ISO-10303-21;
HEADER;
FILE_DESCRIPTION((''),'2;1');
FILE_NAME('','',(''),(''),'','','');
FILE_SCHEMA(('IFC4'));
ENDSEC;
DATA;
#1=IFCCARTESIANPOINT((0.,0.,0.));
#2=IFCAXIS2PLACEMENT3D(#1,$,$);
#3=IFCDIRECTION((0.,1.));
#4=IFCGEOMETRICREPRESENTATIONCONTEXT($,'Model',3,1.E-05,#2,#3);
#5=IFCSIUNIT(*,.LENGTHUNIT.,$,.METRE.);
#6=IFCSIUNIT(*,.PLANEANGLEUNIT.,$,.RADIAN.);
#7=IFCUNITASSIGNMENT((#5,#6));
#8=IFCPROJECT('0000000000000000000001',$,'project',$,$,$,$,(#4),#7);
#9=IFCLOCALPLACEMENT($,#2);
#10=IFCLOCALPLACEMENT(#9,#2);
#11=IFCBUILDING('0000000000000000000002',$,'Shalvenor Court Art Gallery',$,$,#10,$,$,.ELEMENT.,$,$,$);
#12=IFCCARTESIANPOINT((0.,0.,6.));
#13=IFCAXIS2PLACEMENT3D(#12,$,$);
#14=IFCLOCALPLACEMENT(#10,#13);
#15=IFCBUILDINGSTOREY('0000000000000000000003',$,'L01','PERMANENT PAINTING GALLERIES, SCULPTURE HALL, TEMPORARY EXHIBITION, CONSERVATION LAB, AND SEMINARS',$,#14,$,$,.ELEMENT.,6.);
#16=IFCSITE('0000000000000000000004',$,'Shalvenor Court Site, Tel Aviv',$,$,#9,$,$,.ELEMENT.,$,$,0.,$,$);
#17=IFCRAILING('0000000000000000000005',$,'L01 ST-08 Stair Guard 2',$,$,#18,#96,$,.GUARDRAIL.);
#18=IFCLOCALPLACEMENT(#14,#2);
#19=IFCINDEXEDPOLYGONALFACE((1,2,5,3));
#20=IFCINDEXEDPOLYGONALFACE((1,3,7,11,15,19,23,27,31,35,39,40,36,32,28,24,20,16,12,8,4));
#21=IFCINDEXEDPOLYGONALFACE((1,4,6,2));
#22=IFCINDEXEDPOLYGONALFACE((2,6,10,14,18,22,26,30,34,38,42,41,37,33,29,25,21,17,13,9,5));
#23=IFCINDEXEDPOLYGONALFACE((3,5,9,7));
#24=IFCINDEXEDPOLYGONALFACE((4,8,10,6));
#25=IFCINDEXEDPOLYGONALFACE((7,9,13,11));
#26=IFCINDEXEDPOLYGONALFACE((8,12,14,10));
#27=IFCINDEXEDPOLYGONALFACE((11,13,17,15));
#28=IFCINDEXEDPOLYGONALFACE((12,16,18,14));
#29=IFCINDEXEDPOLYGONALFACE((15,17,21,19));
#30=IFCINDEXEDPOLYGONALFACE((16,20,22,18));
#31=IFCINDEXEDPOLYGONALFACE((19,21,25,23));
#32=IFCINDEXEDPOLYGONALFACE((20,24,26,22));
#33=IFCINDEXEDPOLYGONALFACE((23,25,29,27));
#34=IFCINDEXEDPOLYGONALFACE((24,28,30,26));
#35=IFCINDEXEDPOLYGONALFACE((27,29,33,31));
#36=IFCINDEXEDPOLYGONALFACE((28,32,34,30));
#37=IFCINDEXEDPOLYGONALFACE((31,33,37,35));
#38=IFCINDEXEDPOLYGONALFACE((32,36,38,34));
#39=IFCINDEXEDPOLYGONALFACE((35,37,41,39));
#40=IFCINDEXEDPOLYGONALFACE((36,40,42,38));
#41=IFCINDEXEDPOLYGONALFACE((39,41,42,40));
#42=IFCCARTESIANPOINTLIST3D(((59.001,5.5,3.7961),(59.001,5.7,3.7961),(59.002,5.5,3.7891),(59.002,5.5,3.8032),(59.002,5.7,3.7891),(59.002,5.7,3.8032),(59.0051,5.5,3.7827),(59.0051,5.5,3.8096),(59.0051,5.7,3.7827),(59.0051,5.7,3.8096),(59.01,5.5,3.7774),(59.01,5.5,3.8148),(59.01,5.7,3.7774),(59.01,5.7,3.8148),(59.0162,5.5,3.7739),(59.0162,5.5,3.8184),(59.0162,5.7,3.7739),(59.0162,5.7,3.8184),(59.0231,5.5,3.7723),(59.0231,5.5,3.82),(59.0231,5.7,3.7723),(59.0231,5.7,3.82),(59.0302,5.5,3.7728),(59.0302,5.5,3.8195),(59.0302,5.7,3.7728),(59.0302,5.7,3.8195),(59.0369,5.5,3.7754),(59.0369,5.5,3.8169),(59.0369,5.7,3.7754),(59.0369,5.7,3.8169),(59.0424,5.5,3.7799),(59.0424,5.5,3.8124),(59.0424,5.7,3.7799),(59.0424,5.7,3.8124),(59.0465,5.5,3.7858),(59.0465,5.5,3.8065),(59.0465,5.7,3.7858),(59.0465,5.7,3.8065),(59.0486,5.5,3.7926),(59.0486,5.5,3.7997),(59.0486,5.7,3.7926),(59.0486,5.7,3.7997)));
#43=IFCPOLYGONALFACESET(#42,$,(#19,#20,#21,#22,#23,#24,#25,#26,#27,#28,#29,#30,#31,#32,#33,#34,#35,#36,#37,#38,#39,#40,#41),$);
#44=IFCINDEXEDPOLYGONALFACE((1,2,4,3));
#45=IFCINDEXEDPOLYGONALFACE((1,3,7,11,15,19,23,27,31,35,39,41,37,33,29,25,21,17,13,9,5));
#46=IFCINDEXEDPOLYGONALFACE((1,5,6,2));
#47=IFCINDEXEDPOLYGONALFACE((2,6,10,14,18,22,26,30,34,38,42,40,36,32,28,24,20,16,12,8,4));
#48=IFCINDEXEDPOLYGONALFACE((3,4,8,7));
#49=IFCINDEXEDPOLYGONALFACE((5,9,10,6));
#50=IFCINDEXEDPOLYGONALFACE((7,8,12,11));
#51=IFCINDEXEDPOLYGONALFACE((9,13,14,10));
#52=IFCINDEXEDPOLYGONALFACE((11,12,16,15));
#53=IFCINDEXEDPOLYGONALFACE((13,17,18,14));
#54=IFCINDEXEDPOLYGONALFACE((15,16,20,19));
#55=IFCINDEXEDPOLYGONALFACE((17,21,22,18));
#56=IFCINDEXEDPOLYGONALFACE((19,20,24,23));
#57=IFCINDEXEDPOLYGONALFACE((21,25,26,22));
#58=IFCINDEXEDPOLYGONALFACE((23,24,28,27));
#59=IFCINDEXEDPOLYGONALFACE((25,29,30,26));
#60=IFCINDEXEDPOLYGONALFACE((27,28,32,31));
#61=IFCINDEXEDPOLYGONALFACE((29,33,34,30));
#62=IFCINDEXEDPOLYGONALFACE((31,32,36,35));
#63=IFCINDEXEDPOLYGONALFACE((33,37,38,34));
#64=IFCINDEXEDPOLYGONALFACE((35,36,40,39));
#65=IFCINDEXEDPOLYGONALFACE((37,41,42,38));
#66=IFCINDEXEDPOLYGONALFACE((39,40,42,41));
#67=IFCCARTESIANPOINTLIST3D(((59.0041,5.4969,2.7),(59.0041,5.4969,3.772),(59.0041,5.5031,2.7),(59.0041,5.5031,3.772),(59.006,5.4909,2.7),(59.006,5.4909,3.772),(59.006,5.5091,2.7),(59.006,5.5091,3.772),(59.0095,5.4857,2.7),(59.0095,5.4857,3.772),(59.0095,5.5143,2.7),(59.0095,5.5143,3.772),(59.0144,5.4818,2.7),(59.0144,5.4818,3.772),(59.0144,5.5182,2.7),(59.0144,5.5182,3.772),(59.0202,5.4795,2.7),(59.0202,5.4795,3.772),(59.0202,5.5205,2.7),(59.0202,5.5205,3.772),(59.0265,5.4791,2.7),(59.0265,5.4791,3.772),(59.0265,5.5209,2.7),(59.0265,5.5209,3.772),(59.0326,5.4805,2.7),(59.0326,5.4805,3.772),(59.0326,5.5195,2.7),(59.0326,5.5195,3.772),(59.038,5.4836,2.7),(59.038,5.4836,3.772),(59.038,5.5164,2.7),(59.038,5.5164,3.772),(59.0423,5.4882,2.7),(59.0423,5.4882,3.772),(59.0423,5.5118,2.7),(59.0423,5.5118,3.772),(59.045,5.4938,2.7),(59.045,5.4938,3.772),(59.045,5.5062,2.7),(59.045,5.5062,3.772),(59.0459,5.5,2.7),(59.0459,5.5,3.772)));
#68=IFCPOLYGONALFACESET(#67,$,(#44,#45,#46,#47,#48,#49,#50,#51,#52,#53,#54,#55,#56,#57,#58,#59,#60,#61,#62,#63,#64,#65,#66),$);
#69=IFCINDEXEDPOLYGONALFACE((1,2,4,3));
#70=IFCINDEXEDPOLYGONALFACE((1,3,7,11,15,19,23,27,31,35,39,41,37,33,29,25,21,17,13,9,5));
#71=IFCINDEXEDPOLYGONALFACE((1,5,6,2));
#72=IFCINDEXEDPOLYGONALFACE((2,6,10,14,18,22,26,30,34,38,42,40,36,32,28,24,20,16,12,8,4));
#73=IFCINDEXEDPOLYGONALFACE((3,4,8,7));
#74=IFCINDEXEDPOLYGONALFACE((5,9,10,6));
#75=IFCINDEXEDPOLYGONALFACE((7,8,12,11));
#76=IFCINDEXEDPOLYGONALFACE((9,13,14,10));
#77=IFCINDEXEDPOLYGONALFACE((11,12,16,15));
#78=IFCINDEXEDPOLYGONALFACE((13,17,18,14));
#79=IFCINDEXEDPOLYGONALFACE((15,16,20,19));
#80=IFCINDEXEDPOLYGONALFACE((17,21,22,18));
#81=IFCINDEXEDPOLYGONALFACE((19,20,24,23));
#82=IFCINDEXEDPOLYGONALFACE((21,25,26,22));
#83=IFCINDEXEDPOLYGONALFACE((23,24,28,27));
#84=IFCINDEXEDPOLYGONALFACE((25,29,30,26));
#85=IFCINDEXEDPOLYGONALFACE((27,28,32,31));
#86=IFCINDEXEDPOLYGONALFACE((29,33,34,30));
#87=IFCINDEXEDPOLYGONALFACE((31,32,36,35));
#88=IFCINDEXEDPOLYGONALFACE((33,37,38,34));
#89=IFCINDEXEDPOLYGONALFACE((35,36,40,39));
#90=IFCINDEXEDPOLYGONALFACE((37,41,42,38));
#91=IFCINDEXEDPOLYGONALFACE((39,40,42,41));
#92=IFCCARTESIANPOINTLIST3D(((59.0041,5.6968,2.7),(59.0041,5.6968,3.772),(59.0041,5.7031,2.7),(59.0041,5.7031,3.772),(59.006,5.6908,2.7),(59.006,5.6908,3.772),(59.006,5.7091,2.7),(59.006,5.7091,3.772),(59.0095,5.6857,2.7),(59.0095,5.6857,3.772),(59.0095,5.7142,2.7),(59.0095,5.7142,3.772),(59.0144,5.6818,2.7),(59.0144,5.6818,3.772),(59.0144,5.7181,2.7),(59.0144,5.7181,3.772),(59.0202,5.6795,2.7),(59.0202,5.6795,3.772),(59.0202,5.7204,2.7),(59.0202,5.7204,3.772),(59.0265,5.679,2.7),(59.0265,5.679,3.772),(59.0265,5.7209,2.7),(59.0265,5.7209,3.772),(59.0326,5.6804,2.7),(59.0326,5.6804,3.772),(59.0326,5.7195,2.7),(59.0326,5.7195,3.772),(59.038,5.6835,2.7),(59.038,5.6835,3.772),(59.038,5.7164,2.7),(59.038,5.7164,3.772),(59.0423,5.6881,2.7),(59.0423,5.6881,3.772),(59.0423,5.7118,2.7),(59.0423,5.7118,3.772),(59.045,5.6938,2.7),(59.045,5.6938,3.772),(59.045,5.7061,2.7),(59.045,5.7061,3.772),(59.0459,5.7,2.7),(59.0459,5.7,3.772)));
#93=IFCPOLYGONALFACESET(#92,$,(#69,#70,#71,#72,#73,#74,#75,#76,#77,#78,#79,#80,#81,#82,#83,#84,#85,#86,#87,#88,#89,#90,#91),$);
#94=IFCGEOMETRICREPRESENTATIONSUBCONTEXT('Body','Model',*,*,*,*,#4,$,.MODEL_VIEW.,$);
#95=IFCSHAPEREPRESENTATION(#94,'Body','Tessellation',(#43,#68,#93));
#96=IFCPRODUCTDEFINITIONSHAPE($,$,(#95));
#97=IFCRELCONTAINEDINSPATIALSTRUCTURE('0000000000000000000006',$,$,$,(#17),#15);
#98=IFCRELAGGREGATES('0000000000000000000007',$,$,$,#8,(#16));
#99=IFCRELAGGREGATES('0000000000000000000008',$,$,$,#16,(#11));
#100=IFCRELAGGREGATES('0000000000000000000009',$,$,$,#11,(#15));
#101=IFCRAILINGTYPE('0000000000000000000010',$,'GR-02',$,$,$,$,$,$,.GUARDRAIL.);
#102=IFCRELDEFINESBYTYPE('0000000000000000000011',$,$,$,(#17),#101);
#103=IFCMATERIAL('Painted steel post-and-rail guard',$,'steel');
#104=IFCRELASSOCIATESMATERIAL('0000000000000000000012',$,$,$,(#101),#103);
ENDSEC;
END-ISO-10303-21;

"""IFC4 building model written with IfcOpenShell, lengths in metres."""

from ifc_helpers import new_model, si_unit, direction, frame, origin, origin_2d, place, context, subcontext, project, spatial, circle, extrude, material, type_object, element, save


model = new_model("IFC4")

# Units and contexts
model_context = context("Model", 3, precision=1e-05, world=origin(), true_north=direction((0.0, 1.0)))
body_context = subcontext(model_context, "Body", "Model", "MODEL_VIEW")
ifc_project = project(units=[si_unit("LENGTHUNIT", "METRE"), si_unit("PLANEANGLEUNIT", "RADIAN")], contexts=[model_context])

# Site, building, storey
site_placement = place(None, origin())
site = spatial("IfcSite", under=ifc_project, at=site_placement, Name="Shalvenor Court Site, Tel Aviv", CompositionType="ELEMENT", RefElevation=0.0)
building_placement = place(site_placement, origin())
building = spatial("IfcBuilding", under=site, at=building_placement, Name="Shalvenor Court Art Gallery", CompositionType="ELEMENT")
storey_placement = place(building_placement, frame((0.0, 0.0, 6.0)))
storey = spatial("IfcBuildingStorey", under=building, at=storey_placement, Name="L01", Description="PERMANENT PAINTING GALLERIES, SCULPTURE HALL, TEMPORARY EXHIBITION, CONSERVATION LAB, AND SEMINARS", CompositionType="ELEMENT", Elevation=6.0)

# Railing
ifc_material_1 = material(Name="Painted steel post-and-rail guard", Category="steel")
railing_type_1 = type_object("IfcRailingType", Name="GR-02", PredefinedType="GUARDRAIL", material=ifc_material_1)
railing_1_placement = place(storey_placement, frame((59.0249, 5.5, 2.7)))
element("IfcRailing", 1, at=railing_1_placement, inside=storey, type_object=railing_type_1, Name="L01 ST-08 Stair Guard 2", PredefinedType="GUARDRAIL", context=body_context, shape_type="SweptSolid", body=[
    extrude(circle(Radius=0.0239, at=origin_2d()), frame((0.0, 0.0, 1.0962), z_axis=(0.0, 1.0, 0.0), x_axis=(-1.0, 0.0, 0.0)), (0.0, 0.0, 1.0), 0.2),
    extrude(circle(Radius=0.021, at=origin_2d()), origin(), (0.0, 0.0, 1.0), 1.072),
    extrude(circle(Radius=0.021, at=origin_2d()), frame((0.0, 0.2, 0.0)), (0.0, 0.0, 1.0), 1.072),
])

save(model, "model.ifc")
